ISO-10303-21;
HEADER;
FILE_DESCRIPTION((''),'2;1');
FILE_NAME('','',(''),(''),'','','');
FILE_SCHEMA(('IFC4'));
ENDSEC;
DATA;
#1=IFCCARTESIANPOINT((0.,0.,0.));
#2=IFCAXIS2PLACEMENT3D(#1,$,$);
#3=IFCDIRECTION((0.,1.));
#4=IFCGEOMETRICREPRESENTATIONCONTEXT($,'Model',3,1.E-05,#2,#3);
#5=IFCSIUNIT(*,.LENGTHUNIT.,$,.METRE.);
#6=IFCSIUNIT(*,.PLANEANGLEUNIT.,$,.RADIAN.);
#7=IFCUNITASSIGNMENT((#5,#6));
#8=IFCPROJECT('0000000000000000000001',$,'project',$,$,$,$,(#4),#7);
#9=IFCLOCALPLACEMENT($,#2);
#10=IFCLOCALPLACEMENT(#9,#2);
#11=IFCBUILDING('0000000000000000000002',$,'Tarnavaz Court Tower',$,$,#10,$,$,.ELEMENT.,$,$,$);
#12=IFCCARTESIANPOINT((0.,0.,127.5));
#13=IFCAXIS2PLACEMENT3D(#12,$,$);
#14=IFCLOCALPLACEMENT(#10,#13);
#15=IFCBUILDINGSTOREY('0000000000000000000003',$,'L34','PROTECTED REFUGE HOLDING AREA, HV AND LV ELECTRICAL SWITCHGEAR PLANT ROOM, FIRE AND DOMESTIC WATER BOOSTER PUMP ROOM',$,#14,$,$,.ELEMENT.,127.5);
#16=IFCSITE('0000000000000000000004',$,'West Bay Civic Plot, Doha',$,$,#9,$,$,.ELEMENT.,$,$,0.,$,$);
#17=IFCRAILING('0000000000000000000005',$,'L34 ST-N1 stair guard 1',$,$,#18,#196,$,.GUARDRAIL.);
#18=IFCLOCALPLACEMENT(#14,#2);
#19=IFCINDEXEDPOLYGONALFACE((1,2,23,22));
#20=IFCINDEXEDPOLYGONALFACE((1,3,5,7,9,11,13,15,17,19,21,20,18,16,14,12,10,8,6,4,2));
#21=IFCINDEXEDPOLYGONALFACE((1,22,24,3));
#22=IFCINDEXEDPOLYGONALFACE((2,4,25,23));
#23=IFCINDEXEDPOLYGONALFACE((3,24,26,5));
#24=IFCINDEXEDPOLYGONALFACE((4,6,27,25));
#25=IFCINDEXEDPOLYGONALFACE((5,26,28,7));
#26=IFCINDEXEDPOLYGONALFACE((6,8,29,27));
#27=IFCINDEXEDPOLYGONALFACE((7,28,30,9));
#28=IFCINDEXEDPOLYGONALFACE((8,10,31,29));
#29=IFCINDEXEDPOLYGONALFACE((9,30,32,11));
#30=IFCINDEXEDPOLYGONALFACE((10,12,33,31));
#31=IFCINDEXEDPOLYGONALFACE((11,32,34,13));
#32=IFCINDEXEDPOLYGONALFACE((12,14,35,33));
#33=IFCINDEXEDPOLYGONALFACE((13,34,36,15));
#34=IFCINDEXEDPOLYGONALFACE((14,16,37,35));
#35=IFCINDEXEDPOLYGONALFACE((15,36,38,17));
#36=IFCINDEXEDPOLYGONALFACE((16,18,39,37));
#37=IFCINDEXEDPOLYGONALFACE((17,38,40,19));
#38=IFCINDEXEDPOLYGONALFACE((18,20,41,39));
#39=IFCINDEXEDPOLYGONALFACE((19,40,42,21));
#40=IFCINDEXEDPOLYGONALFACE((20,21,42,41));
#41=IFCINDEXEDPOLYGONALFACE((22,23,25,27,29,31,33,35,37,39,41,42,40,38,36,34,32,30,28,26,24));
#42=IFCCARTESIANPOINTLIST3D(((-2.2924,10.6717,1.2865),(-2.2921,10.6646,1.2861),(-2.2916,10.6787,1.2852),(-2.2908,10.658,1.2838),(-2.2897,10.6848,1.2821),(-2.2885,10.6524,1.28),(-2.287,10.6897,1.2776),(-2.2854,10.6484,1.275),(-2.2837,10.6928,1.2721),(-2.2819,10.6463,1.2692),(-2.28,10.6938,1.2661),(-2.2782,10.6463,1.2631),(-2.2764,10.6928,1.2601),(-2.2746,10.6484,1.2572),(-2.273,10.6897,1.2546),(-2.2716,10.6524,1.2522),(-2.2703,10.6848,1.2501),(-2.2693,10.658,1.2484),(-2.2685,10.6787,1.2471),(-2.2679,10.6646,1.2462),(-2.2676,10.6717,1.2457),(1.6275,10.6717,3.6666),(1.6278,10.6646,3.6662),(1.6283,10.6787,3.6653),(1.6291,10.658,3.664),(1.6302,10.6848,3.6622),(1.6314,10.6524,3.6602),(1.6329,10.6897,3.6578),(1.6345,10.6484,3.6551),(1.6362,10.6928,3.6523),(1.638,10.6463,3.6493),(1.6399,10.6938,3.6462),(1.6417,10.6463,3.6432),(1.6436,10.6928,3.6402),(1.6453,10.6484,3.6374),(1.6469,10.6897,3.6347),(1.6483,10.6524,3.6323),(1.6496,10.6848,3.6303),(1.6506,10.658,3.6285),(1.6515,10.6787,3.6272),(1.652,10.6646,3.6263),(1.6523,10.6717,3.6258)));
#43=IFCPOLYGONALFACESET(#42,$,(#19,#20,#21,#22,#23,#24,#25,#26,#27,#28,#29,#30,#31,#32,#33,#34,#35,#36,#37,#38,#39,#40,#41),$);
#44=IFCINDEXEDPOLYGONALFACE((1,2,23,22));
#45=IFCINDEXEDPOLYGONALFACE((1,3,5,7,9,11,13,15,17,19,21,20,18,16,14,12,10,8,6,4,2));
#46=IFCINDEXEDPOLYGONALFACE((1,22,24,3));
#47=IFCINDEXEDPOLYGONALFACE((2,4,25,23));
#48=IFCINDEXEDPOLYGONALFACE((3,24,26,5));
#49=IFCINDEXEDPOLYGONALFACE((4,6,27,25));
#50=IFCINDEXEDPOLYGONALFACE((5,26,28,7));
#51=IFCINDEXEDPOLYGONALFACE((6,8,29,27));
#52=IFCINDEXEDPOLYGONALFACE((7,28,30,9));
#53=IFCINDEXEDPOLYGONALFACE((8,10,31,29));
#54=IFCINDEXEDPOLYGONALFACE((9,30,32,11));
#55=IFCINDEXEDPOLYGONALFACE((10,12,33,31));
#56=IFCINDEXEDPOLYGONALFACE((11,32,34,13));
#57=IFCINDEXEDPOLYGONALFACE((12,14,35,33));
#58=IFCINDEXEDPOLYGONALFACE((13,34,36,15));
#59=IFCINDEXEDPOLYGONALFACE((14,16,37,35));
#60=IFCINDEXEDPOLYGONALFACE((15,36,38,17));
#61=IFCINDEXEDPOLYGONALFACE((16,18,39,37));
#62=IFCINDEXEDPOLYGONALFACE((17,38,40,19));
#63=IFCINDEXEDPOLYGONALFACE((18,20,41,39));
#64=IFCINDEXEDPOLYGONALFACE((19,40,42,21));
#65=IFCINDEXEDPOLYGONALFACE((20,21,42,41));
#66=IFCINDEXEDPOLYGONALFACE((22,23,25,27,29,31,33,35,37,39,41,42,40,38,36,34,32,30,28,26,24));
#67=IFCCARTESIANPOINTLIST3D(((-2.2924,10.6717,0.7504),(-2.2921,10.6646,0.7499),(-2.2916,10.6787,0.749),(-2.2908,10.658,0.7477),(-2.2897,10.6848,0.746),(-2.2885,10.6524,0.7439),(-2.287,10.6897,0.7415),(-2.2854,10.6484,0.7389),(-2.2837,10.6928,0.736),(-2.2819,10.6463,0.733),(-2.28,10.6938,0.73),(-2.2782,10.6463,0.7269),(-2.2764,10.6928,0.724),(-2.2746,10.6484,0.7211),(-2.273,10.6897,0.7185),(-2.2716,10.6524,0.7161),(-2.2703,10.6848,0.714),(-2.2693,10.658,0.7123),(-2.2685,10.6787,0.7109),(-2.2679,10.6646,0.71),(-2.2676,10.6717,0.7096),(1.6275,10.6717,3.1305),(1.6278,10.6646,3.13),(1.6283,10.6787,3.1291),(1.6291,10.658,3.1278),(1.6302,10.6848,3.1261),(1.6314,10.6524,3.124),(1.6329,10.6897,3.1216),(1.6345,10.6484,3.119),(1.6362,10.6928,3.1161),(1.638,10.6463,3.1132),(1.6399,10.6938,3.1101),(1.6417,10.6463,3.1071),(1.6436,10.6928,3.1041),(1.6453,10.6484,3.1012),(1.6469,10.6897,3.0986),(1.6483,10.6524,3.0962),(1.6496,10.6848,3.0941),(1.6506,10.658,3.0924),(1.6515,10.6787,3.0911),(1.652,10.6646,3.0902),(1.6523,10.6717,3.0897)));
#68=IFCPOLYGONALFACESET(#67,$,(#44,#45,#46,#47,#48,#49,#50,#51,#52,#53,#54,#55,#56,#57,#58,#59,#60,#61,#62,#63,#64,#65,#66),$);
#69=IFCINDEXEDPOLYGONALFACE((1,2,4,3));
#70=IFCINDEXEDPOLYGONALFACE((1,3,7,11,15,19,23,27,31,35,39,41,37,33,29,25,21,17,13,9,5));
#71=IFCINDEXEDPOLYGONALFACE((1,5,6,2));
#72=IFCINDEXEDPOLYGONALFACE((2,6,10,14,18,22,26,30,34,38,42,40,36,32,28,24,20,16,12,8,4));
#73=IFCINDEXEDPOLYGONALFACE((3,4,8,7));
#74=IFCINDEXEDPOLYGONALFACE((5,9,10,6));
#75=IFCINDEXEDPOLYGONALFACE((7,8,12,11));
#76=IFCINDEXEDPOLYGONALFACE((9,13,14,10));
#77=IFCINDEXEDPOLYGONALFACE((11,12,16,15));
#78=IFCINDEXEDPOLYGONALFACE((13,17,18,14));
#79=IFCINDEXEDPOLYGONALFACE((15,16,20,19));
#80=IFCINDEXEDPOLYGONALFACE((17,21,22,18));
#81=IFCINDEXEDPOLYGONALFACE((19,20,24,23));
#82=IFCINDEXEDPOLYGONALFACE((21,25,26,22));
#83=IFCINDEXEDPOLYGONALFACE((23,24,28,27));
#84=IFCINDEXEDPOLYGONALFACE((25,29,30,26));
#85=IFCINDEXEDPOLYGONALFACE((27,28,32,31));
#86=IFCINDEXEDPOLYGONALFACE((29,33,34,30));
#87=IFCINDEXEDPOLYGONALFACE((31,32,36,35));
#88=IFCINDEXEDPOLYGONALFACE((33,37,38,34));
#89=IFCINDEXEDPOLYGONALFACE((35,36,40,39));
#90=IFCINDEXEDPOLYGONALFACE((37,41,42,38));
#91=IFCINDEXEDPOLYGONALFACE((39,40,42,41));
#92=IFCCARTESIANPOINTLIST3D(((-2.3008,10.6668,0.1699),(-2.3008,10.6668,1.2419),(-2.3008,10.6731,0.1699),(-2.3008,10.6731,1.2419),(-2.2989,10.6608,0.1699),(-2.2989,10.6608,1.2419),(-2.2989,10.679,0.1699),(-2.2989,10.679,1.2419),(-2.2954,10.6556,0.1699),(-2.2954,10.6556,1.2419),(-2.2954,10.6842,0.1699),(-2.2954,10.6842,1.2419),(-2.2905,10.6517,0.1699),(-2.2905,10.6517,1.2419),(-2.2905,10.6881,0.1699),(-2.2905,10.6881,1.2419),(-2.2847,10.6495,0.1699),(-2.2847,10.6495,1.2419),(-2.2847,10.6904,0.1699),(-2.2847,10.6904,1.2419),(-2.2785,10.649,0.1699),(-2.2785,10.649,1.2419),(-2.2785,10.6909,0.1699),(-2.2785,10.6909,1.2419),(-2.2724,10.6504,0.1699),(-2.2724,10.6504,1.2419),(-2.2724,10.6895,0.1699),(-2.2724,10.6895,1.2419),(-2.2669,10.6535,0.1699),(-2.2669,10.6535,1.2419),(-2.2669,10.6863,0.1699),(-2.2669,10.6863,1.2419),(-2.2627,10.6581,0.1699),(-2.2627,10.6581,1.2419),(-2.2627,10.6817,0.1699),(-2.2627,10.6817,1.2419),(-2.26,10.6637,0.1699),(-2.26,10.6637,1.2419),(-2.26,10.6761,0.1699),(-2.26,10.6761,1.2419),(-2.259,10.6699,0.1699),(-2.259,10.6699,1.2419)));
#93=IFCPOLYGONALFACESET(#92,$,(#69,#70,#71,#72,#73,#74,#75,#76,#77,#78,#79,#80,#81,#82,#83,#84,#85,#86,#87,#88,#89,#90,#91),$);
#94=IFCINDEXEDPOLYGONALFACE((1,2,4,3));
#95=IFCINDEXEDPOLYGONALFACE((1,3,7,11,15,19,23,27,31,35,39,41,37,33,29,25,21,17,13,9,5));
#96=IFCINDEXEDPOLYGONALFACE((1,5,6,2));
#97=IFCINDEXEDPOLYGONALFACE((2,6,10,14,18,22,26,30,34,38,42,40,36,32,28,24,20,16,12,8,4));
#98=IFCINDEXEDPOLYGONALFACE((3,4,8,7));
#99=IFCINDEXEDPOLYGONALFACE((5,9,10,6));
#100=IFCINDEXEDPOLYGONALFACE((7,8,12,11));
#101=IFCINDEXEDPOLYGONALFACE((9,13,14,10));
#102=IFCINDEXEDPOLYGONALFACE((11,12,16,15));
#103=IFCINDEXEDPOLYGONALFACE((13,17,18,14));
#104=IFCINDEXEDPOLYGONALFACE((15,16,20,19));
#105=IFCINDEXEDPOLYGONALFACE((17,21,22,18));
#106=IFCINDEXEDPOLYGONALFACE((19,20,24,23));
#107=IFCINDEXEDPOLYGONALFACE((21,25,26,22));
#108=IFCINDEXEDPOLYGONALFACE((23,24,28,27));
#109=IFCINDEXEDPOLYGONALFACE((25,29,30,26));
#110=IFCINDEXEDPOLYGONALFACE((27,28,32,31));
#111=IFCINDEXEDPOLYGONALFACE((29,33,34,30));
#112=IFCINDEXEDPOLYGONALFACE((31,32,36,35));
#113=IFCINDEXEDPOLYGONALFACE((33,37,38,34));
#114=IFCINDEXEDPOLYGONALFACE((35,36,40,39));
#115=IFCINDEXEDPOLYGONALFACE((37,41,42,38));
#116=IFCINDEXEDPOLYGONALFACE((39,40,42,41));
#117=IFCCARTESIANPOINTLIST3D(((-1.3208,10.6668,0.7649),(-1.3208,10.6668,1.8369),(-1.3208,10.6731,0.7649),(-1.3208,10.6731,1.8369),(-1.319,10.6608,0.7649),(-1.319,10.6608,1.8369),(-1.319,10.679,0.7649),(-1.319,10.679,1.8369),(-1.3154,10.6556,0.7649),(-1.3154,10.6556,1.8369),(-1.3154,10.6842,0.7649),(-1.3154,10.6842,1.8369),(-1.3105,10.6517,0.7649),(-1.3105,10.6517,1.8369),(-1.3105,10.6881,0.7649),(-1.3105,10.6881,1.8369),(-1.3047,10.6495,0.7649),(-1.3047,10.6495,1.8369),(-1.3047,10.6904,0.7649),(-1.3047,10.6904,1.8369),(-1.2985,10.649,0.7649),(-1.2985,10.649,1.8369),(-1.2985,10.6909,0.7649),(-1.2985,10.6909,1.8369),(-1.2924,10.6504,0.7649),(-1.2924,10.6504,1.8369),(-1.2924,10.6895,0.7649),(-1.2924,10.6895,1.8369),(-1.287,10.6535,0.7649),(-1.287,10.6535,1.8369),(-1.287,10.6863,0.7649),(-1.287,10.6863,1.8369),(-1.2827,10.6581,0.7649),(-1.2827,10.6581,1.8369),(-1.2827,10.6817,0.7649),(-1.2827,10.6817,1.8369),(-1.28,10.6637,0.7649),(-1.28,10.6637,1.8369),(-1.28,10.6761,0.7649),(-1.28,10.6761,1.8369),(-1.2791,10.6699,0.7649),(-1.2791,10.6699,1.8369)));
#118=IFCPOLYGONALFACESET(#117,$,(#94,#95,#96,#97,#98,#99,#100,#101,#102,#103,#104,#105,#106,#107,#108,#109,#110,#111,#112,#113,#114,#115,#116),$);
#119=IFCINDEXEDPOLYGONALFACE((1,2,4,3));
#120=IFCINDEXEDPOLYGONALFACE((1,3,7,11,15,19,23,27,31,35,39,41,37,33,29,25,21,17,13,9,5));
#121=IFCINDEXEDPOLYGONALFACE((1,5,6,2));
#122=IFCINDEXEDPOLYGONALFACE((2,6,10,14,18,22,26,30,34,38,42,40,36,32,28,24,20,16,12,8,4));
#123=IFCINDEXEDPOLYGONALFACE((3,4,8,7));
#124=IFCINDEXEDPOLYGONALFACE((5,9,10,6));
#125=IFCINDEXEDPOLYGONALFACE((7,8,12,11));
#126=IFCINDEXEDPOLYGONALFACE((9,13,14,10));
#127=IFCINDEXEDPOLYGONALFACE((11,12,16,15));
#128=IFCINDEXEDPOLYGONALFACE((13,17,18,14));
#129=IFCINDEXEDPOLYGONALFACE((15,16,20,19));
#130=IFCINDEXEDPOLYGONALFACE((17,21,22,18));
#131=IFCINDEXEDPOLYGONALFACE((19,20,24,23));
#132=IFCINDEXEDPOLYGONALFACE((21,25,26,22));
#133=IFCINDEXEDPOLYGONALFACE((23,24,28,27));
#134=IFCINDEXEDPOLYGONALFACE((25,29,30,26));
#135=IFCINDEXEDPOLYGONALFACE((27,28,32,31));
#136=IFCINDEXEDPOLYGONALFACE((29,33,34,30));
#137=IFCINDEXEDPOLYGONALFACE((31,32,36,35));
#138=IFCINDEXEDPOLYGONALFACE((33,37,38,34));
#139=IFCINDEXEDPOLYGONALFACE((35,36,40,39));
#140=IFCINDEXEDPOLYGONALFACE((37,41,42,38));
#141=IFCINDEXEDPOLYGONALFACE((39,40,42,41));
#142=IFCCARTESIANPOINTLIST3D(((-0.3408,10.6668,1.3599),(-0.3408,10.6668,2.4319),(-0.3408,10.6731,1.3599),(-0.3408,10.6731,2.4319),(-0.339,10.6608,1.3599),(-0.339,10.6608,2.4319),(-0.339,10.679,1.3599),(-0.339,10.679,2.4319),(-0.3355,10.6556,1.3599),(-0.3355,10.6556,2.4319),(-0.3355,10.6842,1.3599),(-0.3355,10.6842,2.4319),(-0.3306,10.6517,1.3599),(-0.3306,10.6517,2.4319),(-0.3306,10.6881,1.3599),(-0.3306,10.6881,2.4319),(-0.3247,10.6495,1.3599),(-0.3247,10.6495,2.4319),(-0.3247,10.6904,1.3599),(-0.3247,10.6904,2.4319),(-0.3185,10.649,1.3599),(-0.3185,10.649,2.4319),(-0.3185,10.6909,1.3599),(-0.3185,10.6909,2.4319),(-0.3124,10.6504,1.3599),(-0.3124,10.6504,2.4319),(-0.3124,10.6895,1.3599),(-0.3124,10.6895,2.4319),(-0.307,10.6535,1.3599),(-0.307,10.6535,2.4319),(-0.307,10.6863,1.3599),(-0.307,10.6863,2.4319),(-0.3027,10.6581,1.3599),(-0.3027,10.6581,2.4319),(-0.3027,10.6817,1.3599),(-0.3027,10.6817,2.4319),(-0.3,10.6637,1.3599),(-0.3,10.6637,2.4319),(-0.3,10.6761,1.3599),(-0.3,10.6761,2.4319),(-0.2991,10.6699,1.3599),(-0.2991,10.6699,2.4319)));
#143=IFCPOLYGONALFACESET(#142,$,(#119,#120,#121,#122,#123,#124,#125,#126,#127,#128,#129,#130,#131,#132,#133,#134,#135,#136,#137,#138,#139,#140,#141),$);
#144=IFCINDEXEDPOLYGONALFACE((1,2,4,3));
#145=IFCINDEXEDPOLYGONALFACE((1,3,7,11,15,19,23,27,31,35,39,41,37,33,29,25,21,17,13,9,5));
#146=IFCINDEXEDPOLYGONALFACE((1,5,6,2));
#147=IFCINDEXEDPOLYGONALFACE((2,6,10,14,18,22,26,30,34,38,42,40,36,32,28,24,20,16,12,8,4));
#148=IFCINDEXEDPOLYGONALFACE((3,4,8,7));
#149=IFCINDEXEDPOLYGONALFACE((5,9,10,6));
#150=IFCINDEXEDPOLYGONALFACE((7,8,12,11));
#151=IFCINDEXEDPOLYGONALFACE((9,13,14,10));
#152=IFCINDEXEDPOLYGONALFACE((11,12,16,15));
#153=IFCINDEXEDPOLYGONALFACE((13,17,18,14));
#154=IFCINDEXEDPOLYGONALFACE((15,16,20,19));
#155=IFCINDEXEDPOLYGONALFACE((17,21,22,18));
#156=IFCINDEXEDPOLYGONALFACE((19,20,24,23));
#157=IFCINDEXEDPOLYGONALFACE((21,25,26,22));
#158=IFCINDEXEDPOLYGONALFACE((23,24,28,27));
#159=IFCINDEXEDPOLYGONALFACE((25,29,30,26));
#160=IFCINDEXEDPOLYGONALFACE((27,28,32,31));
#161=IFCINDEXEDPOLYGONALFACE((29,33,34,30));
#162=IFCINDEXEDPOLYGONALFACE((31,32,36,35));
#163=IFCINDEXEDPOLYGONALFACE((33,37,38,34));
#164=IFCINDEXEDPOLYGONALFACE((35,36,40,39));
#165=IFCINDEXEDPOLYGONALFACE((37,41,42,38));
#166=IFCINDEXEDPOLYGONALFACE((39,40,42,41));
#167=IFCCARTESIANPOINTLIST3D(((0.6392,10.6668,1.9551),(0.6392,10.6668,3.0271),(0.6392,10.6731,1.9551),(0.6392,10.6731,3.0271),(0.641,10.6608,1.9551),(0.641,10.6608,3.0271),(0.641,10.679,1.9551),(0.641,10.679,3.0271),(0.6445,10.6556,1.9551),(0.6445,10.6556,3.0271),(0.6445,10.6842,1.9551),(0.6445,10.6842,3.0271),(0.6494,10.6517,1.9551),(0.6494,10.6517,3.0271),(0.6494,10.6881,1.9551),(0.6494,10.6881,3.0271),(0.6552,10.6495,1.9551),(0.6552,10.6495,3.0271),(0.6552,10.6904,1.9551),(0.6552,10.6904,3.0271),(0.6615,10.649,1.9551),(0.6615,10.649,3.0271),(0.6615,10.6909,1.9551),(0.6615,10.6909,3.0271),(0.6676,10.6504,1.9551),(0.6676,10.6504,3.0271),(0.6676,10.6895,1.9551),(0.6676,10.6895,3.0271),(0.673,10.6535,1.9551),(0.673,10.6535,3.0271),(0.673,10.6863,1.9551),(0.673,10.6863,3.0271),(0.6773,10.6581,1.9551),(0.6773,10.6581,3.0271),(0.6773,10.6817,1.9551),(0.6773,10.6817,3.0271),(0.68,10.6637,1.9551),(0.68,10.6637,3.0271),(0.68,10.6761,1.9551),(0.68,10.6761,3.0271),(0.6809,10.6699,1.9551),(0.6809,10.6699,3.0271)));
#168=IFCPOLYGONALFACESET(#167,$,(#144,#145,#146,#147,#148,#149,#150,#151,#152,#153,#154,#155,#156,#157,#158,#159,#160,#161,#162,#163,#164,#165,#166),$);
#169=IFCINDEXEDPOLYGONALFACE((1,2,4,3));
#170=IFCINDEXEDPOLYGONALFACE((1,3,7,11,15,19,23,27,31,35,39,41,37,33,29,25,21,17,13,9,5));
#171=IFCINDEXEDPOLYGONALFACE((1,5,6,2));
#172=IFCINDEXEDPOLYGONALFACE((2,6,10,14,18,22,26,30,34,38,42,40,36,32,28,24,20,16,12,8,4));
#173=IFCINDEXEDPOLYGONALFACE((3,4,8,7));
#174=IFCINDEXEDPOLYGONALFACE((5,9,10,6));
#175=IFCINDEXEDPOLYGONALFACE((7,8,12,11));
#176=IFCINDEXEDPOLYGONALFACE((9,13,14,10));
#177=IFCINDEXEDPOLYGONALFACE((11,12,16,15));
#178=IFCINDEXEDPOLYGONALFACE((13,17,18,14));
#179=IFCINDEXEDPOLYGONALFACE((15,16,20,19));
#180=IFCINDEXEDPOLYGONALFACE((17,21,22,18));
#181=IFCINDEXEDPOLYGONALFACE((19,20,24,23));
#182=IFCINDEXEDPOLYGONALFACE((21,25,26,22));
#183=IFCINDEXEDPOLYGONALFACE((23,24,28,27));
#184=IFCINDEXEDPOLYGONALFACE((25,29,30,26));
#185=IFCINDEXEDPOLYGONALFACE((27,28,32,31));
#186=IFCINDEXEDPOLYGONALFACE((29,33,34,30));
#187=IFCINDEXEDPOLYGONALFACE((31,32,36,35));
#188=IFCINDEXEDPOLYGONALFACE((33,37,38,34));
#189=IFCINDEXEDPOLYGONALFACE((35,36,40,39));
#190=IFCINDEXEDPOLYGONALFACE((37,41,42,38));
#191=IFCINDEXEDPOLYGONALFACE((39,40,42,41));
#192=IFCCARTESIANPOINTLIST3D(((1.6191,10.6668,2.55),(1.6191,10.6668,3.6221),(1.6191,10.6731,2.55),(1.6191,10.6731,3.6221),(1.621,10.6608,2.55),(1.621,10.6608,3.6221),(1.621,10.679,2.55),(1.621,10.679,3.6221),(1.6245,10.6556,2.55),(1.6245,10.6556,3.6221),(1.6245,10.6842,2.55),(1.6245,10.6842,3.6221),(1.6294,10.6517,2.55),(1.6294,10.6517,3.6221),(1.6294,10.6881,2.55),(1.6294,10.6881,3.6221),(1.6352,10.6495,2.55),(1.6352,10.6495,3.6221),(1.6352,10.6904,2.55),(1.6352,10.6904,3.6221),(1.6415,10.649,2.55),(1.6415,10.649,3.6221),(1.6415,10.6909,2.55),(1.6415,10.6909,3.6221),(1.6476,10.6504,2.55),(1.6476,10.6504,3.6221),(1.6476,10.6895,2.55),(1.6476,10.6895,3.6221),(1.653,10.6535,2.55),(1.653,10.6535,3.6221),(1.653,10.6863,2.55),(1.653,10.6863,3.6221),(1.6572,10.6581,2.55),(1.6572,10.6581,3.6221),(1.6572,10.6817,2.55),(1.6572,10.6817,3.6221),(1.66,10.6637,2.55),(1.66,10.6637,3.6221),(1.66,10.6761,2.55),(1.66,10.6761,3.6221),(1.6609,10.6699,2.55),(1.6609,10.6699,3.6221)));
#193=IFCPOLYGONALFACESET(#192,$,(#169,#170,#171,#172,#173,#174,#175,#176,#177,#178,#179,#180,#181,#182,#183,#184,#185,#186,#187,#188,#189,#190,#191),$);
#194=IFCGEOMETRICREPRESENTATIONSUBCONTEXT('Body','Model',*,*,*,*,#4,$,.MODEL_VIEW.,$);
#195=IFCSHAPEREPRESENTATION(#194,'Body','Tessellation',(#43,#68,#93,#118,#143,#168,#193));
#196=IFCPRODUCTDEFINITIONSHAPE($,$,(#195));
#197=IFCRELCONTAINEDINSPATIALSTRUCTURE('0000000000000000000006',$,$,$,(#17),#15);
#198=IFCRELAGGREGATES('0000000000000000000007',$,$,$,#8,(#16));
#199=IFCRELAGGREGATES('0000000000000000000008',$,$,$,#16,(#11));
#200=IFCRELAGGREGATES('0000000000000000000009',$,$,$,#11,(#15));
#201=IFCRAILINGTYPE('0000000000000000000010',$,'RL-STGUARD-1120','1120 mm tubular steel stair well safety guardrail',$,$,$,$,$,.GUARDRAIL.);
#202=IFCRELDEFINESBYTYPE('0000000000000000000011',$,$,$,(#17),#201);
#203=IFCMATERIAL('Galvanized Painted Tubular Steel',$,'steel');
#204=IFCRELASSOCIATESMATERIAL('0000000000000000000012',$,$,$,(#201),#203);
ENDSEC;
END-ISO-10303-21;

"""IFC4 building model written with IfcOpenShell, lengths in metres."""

from ifc_helpers import new_model, si_unit, direction, frame, origin, origin_2d, place, context, subcontext, project, spatial, circle, extrude, material, type_object, element, save


model = new_model("IFC4")

# Units and contexts
model_context = context("Model", 3, precision=1e-05, world=origin(), true_north=direction((0.0, 1.0)))
body_context = subcontext(model_context, "Body", "Model", "MODEL_VIEW")
ifc_project = project(units=[si_unit("LENGTHUNIT", "METRE"), si_unit("PLANEANGLEUNIT", "RADIAN")], contexts=[model_context])

# Site, building, storey
site_placement = place(None, origin())
site = spatial("IfcSite", under=ifc_project, at=site_placement, Name="West Bay Civic Plot, Doha", CompositionType="ELEMENT", RefElevation=0.0)
building_placement = place(site_placement, origin())
building = spatial("IfcBuilding", under=site, at=building_placement, Name="Tarnavaz Court Tower", CompositionType="ELEMENT")
storey_placement = place(building_placement, frame((0.0, 0.0, 127.5)))
storey = spatial("IfcBuildingStorey", under=building, at=storey_placement, Name="L34", Description="PROTECTED REFUGE HOLDING AREA, HV AND LV ELECTRICAL SWITCHGEAR PLANT ROOM, FIRE AND DOMESTIC WATER BOOSTER PUMP ROOM", CompositionType="ELEMENT", Elevation=127.5)

# Railing
ifc_material_1 = material(Name="Galvanized Painted Tubular Steel", Category="steel")
railing_type_1 = type_object("IfcRailingType", Name="RL-STGUARD-1120", Description="1120 mm tubular steel stair well safety guardrail", PredefinedType="GUARDRAIL", material=ifc_material_1)
railing_1_placement = place(storey_placement, frame((-2.28, 10.6699, 0.1699)))
element("IfcRailing", 1, at=railing_1_placement, inside=storey, type_object=railing_type_1, Name="L34 ST-N1 stair guard 1", PredefinedType="GUARDRAIL", context=body_context, shape_type="SweptSolid", body=[
    extrude(circle(Radius=0.0239, at=origin_2d()), frame((0.0, 0.0, 1.0962), z_axis=(0.854771, 0.0, 0.519006), x_axis=(0.0, 1.0, 0.0)), (0.0, 0.0, 1.0), 4.5859),
    extrude(circle(Radius=0.0239, at=origin_2d()), frame((0.0, 0.0, 0.5601), z_axis=(0.854771, 0.0, 0.519006), x_axis=(0.0, 1.0, 0.0)), (0.0, 0.0, 1.0), 4.5859),
    extrude(circle(Radius=0.021, at=origin_2d()), origin(), (0.0, 0.0, 1.0), 1.072),
    extrude(circle(Radius=0.021, at=origin_2d()), frame((0.98, 0.0, 0.595)), (0.0, 0.0, 1.0), 1.072),
    extrude(circle(Radius=0.021, at=origin_2d()), frame((1.96, 0.0, 1.1899)), (0.0, 0.0, 1.0), 1.072),
    extrude(circle(Radius=0.021, at=origin_2d()), frame((2.9399, 0.0, 1.7852)), (0.0, 0.0, 1.0), 1.072),
    extrude(circle(Radius=0.021, at=origin_2d()), frame((3.9199, 0.0, 2.3801)), (0.0, 0.0, 1.0), 1.072),
])

save(model, "model.ifc")
